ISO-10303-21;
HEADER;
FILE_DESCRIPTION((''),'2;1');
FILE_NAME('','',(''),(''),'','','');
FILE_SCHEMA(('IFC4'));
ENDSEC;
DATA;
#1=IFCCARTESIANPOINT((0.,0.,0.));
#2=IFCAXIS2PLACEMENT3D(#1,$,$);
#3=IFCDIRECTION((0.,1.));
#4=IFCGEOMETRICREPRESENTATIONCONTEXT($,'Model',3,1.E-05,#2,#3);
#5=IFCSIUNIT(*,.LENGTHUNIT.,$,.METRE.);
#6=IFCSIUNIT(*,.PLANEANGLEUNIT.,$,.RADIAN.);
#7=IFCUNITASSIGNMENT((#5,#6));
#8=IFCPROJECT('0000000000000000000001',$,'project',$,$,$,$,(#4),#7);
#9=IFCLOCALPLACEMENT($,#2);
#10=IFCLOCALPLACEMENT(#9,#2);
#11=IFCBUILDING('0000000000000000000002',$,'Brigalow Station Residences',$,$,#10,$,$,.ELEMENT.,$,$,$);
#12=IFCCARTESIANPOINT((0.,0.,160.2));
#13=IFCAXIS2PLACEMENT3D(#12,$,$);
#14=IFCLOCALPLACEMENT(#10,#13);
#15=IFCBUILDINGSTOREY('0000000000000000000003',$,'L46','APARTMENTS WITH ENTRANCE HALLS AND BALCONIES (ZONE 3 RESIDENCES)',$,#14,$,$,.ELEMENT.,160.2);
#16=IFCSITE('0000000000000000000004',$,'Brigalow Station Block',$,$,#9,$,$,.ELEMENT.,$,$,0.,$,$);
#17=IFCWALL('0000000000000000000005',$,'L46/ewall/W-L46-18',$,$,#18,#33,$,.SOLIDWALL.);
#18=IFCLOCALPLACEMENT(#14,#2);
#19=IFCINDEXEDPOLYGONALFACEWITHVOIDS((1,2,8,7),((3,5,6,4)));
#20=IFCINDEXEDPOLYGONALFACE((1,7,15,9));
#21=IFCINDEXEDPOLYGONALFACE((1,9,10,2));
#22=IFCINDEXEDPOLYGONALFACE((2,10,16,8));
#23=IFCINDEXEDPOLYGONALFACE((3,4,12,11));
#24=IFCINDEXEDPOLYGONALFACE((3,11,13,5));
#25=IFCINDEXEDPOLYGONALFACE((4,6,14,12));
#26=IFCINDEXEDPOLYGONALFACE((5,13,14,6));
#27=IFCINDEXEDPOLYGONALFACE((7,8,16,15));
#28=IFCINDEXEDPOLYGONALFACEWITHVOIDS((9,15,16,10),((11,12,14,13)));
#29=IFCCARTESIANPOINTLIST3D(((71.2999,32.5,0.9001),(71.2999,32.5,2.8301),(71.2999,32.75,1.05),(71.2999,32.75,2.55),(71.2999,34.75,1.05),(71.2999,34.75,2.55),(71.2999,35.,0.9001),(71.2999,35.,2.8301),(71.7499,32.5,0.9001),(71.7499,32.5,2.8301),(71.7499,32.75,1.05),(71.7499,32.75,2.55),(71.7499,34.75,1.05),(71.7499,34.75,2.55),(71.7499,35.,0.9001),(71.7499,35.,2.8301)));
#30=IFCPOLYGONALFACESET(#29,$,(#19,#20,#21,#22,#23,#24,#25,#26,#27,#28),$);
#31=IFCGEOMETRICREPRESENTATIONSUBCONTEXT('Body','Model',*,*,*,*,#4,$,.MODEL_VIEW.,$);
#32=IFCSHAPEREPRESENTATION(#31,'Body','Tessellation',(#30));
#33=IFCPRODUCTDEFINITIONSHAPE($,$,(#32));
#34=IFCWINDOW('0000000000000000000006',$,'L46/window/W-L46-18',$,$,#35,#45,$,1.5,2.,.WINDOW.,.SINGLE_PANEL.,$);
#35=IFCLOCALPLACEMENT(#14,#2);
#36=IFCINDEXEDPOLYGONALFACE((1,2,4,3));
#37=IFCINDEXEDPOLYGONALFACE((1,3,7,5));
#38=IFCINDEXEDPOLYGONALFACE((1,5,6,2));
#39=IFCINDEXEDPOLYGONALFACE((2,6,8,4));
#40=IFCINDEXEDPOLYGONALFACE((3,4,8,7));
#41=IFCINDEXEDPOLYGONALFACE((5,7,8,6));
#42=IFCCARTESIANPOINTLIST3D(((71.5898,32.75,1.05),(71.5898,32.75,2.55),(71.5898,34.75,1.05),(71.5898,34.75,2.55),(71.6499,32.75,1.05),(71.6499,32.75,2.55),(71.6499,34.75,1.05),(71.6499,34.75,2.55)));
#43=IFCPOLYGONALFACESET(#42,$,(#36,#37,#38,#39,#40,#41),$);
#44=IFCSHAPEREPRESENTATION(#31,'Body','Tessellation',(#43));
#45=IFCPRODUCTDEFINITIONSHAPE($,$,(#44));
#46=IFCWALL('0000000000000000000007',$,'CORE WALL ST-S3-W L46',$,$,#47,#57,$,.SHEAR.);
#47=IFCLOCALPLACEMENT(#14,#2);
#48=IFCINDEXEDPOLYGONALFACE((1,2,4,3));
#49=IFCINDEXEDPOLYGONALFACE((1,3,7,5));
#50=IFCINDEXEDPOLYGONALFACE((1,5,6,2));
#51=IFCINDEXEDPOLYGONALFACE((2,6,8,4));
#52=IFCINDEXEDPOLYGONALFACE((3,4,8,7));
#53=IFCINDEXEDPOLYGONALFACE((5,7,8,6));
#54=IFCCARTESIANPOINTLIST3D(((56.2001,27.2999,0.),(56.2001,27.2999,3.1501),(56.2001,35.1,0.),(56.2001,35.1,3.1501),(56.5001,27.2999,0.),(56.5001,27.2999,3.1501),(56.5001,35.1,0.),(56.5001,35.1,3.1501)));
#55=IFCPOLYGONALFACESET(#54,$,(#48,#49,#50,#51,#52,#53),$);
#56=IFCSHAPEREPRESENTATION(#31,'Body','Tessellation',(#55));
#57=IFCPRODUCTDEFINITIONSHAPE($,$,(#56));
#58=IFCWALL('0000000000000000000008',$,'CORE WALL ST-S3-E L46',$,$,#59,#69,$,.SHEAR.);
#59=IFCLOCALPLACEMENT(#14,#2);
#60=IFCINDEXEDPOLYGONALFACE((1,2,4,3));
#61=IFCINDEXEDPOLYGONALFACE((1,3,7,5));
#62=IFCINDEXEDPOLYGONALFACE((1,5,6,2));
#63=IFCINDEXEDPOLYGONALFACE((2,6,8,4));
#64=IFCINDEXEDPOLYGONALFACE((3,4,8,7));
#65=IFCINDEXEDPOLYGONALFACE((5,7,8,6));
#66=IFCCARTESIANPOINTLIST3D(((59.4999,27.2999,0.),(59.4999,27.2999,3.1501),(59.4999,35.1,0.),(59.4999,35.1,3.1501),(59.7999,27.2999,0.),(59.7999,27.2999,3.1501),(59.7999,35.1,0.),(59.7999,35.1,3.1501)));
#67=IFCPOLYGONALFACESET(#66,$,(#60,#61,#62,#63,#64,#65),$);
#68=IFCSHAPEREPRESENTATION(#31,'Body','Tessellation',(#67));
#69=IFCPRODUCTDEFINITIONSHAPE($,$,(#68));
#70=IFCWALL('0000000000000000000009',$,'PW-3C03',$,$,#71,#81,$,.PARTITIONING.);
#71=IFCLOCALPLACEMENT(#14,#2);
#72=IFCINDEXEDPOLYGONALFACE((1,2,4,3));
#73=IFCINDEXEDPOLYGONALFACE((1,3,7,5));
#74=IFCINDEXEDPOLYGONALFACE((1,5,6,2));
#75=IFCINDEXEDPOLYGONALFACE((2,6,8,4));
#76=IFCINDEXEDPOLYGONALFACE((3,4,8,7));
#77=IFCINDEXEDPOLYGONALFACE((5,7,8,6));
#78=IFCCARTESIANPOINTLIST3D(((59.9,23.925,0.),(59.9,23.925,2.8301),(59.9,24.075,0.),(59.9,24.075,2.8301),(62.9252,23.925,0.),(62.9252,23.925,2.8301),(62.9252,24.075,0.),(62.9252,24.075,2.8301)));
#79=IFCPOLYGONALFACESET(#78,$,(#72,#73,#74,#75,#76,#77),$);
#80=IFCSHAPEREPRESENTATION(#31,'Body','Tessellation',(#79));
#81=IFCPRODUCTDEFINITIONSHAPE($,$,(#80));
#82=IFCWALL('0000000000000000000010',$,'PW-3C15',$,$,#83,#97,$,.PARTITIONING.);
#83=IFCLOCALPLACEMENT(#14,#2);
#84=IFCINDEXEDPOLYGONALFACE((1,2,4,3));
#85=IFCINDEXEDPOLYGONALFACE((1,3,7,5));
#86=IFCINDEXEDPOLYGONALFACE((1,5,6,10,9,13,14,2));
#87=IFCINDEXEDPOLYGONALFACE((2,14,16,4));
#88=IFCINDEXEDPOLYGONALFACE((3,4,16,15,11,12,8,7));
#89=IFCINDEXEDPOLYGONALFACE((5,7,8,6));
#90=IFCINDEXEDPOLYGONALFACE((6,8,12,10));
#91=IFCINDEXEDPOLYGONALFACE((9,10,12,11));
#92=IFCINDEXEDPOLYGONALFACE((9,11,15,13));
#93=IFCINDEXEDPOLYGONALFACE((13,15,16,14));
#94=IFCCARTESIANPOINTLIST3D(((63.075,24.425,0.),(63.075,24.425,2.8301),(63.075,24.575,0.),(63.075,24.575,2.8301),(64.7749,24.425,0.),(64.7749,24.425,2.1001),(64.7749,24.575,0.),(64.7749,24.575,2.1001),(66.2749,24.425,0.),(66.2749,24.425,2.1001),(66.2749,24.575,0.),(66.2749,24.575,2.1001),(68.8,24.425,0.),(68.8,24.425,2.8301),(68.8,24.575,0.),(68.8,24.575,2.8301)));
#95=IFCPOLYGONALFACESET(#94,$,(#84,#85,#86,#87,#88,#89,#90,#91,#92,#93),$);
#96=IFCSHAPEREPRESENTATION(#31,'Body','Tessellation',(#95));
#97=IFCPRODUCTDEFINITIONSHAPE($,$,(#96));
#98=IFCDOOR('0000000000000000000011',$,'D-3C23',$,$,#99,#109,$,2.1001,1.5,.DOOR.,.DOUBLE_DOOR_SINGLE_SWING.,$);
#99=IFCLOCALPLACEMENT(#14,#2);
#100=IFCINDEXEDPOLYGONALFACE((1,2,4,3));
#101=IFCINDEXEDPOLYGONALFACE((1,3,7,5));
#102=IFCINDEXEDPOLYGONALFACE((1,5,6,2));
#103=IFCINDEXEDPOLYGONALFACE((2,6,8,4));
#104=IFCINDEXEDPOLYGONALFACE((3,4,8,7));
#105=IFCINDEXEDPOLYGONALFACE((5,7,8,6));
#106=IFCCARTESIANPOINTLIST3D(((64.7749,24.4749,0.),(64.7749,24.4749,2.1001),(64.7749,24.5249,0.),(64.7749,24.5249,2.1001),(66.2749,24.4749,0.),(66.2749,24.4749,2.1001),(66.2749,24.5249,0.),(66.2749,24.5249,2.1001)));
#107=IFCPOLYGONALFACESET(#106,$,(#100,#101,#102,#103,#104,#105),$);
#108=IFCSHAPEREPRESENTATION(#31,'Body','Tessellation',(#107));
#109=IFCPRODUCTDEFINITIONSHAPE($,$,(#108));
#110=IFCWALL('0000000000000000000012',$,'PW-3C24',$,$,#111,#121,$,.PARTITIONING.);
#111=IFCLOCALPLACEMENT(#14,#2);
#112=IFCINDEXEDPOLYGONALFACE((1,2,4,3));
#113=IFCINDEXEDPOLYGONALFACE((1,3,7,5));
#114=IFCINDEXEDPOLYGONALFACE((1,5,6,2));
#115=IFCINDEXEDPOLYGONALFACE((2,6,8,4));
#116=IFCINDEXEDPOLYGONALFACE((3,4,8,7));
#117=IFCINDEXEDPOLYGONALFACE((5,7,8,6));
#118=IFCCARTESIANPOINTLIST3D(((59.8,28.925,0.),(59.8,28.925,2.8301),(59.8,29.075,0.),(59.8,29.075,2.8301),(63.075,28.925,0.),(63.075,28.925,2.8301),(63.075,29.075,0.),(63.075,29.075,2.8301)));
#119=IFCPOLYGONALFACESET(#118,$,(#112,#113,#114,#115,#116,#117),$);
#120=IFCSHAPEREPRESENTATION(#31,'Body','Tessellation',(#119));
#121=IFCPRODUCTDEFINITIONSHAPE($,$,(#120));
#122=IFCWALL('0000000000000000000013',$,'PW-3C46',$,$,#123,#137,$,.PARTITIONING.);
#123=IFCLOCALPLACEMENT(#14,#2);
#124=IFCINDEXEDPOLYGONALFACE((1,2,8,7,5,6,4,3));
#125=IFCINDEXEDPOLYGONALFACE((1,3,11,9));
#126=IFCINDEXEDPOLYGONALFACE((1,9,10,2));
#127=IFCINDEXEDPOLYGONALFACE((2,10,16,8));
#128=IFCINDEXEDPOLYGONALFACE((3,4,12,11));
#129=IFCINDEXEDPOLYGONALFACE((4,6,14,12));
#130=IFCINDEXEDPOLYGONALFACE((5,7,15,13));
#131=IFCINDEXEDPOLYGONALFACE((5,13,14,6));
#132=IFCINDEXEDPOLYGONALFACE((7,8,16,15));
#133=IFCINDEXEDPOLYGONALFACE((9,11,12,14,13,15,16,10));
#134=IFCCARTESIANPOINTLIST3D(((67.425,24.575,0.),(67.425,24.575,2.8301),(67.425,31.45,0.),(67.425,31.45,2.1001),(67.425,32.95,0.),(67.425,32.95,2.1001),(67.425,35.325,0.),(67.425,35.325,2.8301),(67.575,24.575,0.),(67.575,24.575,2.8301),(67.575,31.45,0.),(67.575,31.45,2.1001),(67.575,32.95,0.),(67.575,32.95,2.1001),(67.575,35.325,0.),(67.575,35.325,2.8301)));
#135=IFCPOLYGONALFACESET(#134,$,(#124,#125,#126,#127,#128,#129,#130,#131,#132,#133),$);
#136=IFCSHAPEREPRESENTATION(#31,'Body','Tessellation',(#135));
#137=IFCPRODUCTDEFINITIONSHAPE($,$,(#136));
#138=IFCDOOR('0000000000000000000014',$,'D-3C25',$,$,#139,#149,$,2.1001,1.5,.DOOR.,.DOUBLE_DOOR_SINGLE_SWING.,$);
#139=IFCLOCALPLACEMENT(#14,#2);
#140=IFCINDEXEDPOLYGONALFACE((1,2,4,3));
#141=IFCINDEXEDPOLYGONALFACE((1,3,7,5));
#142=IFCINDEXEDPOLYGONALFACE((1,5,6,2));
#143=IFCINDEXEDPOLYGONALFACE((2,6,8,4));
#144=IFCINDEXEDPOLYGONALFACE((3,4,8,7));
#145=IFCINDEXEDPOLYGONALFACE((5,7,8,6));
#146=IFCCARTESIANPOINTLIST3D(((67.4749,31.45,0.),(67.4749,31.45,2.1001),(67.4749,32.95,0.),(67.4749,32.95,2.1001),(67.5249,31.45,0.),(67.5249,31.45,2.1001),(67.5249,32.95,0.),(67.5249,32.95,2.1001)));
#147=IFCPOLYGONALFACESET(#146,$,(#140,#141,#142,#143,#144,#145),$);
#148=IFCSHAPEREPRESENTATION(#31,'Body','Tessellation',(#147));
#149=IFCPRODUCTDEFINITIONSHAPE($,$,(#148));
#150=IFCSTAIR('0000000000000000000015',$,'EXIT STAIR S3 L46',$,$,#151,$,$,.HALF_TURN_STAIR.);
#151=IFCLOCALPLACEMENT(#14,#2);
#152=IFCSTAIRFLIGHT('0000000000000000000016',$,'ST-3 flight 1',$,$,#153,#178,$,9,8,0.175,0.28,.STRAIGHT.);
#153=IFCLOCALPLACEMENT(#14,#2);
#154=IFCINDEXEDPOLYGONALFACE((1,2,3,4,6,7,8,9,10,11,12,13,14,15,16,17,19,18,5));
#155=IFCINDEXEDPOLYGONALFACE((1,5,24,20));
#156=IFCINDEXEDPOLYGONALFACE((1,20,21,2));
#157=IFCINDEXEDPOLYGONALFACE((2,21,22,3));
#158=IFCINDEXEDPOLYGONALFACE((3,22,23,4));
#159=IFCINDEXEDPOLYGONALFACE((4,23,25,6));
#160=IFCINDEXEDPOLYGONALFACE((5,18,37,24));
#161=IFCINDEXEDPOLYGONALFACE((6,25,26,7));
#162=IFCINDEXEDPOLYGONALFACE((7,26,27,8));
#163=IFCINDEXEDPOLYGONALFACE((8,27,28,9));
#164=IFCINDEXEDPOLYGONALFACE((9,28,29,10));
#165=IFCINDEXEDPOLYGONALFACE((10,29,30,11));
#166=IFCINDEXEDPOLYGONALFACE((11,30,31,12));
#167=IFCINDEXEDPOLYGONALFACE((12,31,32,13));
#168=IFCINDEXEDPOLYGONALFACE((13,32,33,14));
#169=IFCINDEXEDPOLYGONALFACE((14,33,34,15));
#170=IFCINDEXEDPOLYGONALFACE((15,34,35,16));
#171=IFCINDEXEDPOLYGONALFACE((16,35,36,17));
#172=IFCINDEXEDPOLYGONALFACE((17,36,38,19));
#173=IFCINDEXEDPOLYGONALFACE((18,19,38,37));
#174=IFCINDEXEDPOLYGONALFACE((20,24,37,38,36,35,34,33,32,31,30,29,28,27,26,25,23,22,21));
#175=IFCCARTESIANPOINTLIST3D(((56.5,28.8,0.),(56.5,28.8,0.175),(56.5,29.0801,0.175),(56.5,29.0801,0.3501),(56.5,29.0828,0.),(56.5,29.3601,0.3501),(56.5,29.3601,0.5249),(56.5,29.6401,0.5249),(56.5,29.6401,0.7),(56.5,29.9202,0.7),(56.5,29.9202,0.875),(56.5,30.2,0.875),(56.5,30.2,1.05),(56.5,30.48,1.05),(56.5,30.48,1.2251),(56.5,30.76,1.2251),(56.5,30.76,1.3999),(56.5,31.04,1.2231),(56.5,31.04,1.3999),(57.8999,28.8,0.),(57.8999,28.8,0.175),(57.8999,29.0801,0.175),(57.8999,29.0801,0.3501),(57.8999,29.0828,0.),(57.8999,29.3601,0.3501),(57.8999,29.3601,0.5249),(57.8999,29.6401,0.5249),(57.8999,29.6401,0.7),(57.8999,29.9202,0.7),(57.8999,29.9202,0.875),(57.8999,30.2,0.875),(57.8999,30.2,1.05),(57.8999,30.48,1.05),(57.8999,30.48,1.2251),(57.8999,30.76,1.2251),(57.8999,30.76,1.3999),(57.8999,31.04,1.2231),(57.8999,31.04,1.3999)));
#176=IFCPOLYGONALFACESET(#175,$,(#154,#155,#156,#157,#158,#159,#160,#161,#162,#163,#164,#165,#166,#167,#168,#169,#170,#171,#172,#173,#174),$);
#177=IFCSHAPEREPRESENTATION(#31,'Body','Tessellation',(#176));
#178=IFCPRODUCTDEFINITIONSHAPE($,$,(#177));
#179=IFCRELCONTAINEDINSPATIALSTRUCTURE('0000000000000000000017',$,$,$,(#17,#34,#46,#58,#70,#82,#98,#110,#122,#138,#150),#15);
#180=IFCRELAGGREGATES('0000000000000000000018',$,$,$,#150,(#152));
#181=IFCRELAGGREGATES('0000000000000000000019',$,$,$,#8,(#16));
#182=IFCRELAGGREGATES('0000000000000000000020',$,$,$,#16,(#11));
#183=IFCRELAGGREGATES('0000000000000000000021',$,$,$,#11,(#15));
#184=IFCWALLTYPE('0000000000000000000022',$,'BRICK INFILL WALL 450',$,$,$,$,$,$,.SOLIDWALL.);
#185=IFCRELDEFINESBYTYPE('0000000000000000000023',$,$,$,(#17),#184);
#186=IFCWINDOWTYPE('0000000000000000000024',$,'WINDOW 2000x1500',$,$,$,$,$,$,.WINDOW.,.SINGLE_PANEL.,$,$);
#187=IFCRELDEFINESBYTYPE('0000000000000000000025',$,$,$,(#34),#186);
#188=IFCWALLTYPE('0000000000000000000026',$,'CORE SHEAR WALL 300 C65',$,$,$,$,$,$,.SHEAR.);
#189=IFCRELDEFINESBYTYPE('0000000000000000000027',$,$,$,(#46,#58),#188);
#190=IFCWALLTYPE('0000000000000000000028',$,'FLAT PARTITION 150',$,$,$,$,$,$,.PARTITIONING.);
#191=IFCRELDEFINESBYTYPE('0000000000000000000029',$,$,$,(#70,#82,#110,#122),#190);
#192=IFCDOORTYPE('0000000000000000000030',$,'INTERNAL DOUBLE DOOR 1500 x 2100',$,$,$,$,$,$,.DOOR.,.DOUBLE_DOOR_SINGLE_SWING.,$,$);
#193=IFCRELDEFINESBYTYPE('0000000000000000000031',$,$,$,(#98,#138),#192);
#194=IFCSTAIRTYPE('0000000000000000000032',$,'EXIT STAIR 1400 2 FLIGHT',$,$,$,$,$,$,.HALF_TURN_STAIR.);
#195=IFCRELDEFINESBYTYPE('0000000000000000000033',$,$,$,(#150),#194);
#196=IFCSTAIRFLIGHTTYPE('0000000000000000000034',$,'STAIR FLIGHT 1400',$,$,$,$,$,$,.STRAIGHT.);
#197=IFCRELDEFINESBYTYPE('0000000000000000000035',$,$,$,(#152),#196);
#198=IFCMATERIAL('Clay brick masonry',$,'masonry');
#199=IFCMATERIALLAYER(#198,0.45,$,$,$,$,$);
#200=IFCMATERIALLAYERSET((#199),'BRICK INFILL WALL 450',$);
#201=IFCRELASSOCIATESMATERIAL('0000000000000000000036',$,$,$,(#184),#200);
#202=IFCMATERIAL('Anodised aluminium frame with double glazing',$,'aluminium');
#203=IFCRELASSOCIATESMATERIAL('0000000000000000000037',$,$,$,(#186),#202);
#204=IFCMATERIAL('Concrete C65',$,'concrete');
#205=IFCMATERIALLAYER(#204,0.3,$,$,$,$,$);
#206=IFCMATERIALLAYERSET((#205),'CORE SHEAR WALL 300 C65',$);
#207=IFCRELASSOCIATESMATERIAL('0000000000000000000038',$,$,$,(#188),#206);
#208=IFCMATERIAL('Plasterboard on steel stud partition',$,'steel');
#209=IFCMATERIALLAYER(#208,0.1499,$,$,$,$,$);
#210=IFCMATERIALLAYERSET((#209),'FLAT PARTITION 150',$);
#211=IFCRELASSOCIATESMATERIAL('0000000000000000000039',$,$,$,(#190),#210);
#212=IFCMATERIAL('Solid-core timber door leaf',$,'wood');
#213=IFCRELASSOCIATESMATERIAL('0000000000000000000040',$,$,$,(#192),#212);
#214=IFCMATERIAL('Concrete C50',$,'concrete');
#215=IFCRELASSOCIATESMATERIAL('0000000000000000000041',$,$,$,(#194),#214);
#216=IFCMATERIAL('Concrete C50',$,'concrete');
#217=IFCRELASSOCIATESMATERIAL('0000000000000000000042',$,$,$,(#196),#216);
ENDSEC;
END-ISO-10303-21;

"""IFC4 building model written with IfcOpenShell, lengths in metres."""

from ifc_helpers import new_model, si_unit, direction, frame, frame_2d, origin, place, context, subcontext, project, spatial, polyline, rectangle, outline, extrude, material, layer, layer_set, type_object, element, fill, aggregate, save


model = new_model("IFC4")

# Units and contexts
model_context = context("Model", 3, precision=1e-05, world=origin(), true_north=direction((0.0, 1.0)))
body_context = subcontext(model_context, "Body", "Model", "MODEL_VIEW")
ifc_project = project(units=[si_unit("LENGTHUNIT", "METRE"), si_unit("PLANEANGLEUNIT", "RADIAN")], contexts=[model_context])

# Site, building, storey
site_placement = place(None, origin())
site = spatial("IfcSite", under=ifc_project, at=site_placement, Name="Brigalow Station Block", CompositionType="ELEMENT", RefElevation=0.0)
building_placement = place(site_placement, origin())
building = spatial("IfcBuilding", under=site, at=building_placement, Name="Brigalow Station Residences", CompositionType="ELEMENT")
storey_placement = place(building_placement, frame((0.0, 0.0, 160.2)))
storey = spatial("IfcBuildingStorey", under=building, at=storey_placement, Name="L46", Description="APARTMENTS WITH ENTRANCE HALLS AND BALCONIES (ZONE 3 RESIDENCES)", CompositionType="ELEMENT", Elevation=160.2)

# Shared definitions
ifc_material_1 = material(Name="Clay brick masonry", Category="masonry")
ifc_layer_1 = layer(ifc_material_1, 0.45)
ifc_layer_set_1 = layer_set([ifc_layer_1], Name="BRICK INFILL WALL 450")
wall_type_1 = type_object("IfcWallType", Name="BRICK INFILL WALL 450", PredefinedType="SOLIDWALL", material=ifc_layer_set_1)

# Wall, opening, window
wall_1_placement = place(storey_placement, frame((71.5249, 32.5, 0.9001), z_axis=(0.0, 0.0, 1.0), x_axis=(0.0, 1.0, 0.0)))
wall_1 = element("IfcWall", 1, at=wall_1_placement, inside=storey, type_object=wall_type_1, Name="L46/ewall/W-L46-18", PredefinedType="SOLIDWALL", context=body_context, shape_type="SweptSolid", body=[
    extrude(rectangle(XDim=2.5, YDim=0.45, at=frame_2d((1.25, 0.0))), origin(), (0.0, 0.0, 1.0), 1.9299),
])
opening_1_placement = place(wall_1_placement, frame((0.25, 0.0, 0.1499)))
opening_1 = element("IfcOpeningElement", 2, at=opening_1_placement, cuts=wall_1, PredefinedType="OPENING", context=body_context, shape_type="SweptSolid", body=[
    extrude(rectangle(XDim=2.0, YDim=1.5, at=frame_2d((1.0, 0.75))), frame((0.0, 0.2349, 0.0), z_axis=(0.0, -1.0, 0.0), x_axis=(1.0, 0.0, 0.0)), (0.0, 0.0, 1.0), 0.47),
])
ifc_material_2 = material(Name="Anodised aluminium frame with double glazing", Category="aluminium")
window_type_1 = type_object("IfcWindowType", Name="WINDOW 2000x1500", PartitioningType="SINGLE_PANEL", PredefinedType="WINDOW", material=ifc_material_2)
window_1_placement = place(opening_1_placement, origin())
window_1 = element("IfcWindow", 3, at=window_1_placement, inside=storey, type_object=window_type_1, Name="L46/window/W-L46-18", OverallHeight=1.5, OverallWidth=2.0, PartitioningType="SINGLE_PANEL", PredefinedType="WINDOW", context=body_context, shape_type="SweptSolid", body=[
    extrude(rectangle(XDim=2.0, YDim=1.5, at=frame_2d((1.0, 0.75))), frame((0.0, -0.0649, 0.0), z_axis=(0.0, -1.0, 0.0), x_axis=(1.0, 0.0, 0.0)), (0.0, 0.0, 1.0), 0.0601),
])
fill(opening_1, window_1)

# Walls
ifc_material_3 = material(Name="Concrete C65", Category="concrete")
ifc_layer_2 = layer(ifc_material_3, 0.3)
ifc_layer_set_2 = layer_set([ifc_layer_2], Name="CORE SHEAR WALL 300 C65")
wall_type_2 = type_object("IfcWallType", Name="CORE SHEAR WALL 300 C65", PredefinedType="SHEAR", material=ifc_layer_set_2)
for number, where, z_axis, x_axis, name in (
    (4, (56.3501, 27.3, 0.0), (0.0, 0.0, 1.0), (0.0, 1.0, 0.0), "CORE WALL ST-S3-W L46"),
    (5, (59.6499, 27.3, 0.0), (0.0, 0.0, 1.0), (0.0, 1.0, 0.0), "CORE WALL ST-S3-E L46"),
):
    element("IfcWall", number, at=place(storey_placement, frame(where, z_axis=z_axis, x_axis=x_axis)), inside=storey, type_object=wall_type_2, Name=name, PredefinedType="SHEAR", context=body_context, shape_type="SweptSolid", body=[
        extrude(rectangle(XDim=7.8, YDim=0.3, at=frame_2d((3.8999, 0.0))), origin(), (0.0, 0.0, 1.0), 3.1501),
    ])
ifc_material_4 = material(Name="Plasterboard on steel stud partition", Category="steel")
ifc_layer_3 = layer(ifc_material_4, 0.1499)
ifc_layer_set_3 = layer_set([ifc_layer_3], Name="FLAT PARTITION 150")
wall_type_3 = type_object("IfcWallType", Name="FLAT PARTITION 150", PredefinedType="PARTITIONING", material=ifc_layer_set_3)
wall_2_placement = place(storey_placement, frame((59.8999, 24.0, 0.0), z_axis=(0.0, 0.0, 1.0), x_axis=(1.0, 0.0, 0.0)))
element("IfcWall", 6, at=wall_2_placement, inside=storey, type_object=wall_type_3, Name="PW-3C03", PredefinedType="PARTITIONING", context=body_context, shape_type="SweptSolid", body=[
    extrude(rectangle(XDim=3.0251, YDim=0.1499, at=frame_2d((1.5127, 0.0))), origin(), (0.0, 0.0, 1.0), 2.8301),
])

# Wall, opening, door
wall_3_placement = place(storey_placement, frame((63.075, 24.5, 0.0), z_axis=(0.0, 0.0, 1.0), x_axis=(1.0, 0.0, 0.0)))
wall_3 = element("IfcWall", 7, at=wall_3_placement, inside=storey, type_object=wall_type_3, Name="PW-3C15", PredefinedType="PARTITIONING", context=body_context, shape_type="SweptSolid", body=[
    extrude(rectangle(XDim=5.7251, YDim=0.1499, at=frame_2d((2.8625, 0.0))), origin(), (0.0, 0.0, 1.0), 2.8301),
])
opening_2_placement = place(wall_3_placement, frame((1.7, 0.0, 0.0)))
opening_2 = element("IfcOpeningElement", 8, at=opening_2_placement, cuts=wall_3, PredefinedType="OPENING", context=body_context, shape_type="SweptSolid", body=[
    extrude(rectangle(XDim=1.5, YDim=2.1001, at=frame_2d((0.75, 1.05))), frame((0.0, 0.085, 0.0), z_axis=(0.0, -1.0, 0.0), x_axis=(1.0, 0.0, 0.0)), (0.0, 0.0, 1.0), 0.1699),
])
ifc_material_5 = material(Name="Solid-core timber door leaf", Category="wood")
door_type_1 = type_object("IfcDoorType", Name="INTERNAL DOUBLE DOOR 1500 x 2100", OperationType="DOUBLE_DOOR_SINGLE_SWING", PredefinedType="DOOR", material=ifc_material_5)
door_1_placement = place(opening_2_placement, origin())
door_1 = element("IfcDoor", 9, at=door_1_placement, inside=storey, type_object=door_type_1, Name="D-3C23", OperationType="DOUBLE_DOOR_SINGLE_SWING", OverallHeight=2.1001, OverallWidth=1.5, PredefinedType="DOOR", context=body_context, shape_type="SweptSolid", body=[
    extrude(rectangle(XDim=1.5, YDim=2.1001, at=frame_2d((0.75, 1.05))), frame((0.0, 0.0249, 0.0), z_axis=(0.0, -1.0, 0.0), x_axis=(1.0, 0.0, 0.0)), (0.0, 0.0, 1.0), 0.05),
])
fill(opening_2, door_1)

# Wall
wall_4_placement = place(storey_placement, frame((59.8, 29.0, 0.0), z_axis=(0.0, 0.0, 1.0), x_axis=(1.0, 0.0, 0.0)))
element("IfcWall", 10, at=wall_4_placement, inside=storey, type_object=wall_type_3, Name="PW-3C24", PredefinedType="PARTITIONING", context=body_context, shape_type="SweptSolid", body=[
    extrude(rectangle(XDim=3.2749, YDim=0.1499, at=frame_2d((1.6375, 0.0))), origin(), (0.0, 0.0, 1.0), 2.8301),
])

# Wall, opening, door
wall_5_placement = place(storey_placement, frame((67.5, 24.575, 0.0), z_axis=(0.0, 0.0, 1.0), x_axis=(0.0, 1.0, 0.0)))
wall_5 = element("IfcWall", 11, at=wall_5_placement, inside=storey, type_object=wall_type_3, Name="PW-3C46", PredefinedType="PARTITIONING", context=body_context, shape_type="SweptSolid", body=[
    extrude(rectangle(XDim=10.75, YDim=0.1499, at=frame_2d((5.375, 0.0))), origin(), (0.0, 0.0, 1.0), 2.8301),
])
opening_3_placement = place(wall_5_placement, frame((6.875, 0.0, 0.0)))
opening_3 = element("IfcOpeningElement", 12, at=opening_3_placement, cuts=wall_5, PredefinedType="OPENING", context=body_context, shape_type="SweptSolid", body=[
    extrude(rectangle(XDim=1.5, YDim=2.1001, at=frame_2d((0.75, 1.05))), frame((0.0, 0.085, 0.0), z_axis=(0.0, -1.0, 0.0), x_axis=(1.0, 0.0, 0.0)), (0.0, 0.0, 1.0), 0.1699),
])
door_2_placement = place(opening_3_placement, frame((1.5, 0.0, 0.0), z_axis=(0.0, 0.0, 1.0), x_axis=(-1.0, 0.0, 0.0)))
door_2 = element("IfcDoor", 13, at=door_2_placement, inside=storey, type_object=door_type_1, Name="D-3C25", OperationType="DOUBLE_DOOR_SINGLE_SWING", OverallHeight=2.1001, OverallWidth=1.5, PredefinedType="DOOR", context=body_context, shape_type="SweptSolid", body=[
    extrude(rectangle(XDim=1.5, YDim=2.1001, at=frame_2d((0.75, 1.05))), frame((0.0, 0.0249, 0.0), z_axis=(0.0, -1.0, 0.0), x_axis=(1.0, 0.0, 0.0)), (0.0, 0.0, 1.0), 0.05),
])
fill(opening_3, door_2)

# Stair, stair flight
ifc_material_6 = material(Name="Concrete C50", Category="concrete")
stair_type = type_object("IfcStairType", Name="EXIT STAIR 1400 2 FLIGHT", PredefinedType="HALF_TURN_STAIR", material=ifc_material_6)
stair_placement = place(storey_placement, origin())
stair = element("IfcStair", 14, at=stair_placement, inside=storey, type_object=stair_type, Name="EXIT STAIR S3 L46", PredefinedType="HALF_TURN_STAIR")
ifc_material_7 = material(Name="Concrete C50", Category="concrete")
stair_flight_type = type_object("IfcStairFlightType", Name="STAIR FLIGHT 1400", PredefinedType="STRAIGHT", material=ifc_material_7)
stair_flight_1_placement = place(storey_placement, frame((57.2, 28.8, 0.0), z_axis=(0.0, 0.0, 1.0), x_axis=(0.0, 1.0, 0.0)))
stair_flight_1 = element("IfcStairFlight", 15, at=stair_flight_1_placement, type_object=stair_flight_type, Name="ST-3 flight 1", NumberOfRisers=9, NumberOfTreads=8, PredefinedType="STRAIGHT", RiserHeight=0.175, TreadLength=0.28, context=body_context, shape_type="SweptSolid", body=[
    extrude(outline(polyline([(0.0, 0.0), (0.0, 0.175), (0.28, 0.175), (0.28, 0.3501), (0.5601, 0.3501), (0.5601, 0.5249), (0.8401, 0.5249), (0.8401, 0.7), (1.1201, 0.7), (1.1201, 0.875), (1.3999, 0.875), (1.3999, 1.05), (1.6799, 1.05), (1.6799, 1.2251), (1.96, 1.2251), (1.96, 1.3999), (2.24, 1.3999), (2.24, 1.575), (2.24, 1.2231), (0.2827, 0.0), (0.0, 0.0)])), frame((0.0, 0.7, 0.0), z_axis=(0.0, -1.0, 0.0), x_axis=(1.0, 0.0, 0.0)), (0.0, 0.0, 1.0), 1.3999),
])
aggregate(stair, [stair_flight_1])

save(model, "model.ifc")
